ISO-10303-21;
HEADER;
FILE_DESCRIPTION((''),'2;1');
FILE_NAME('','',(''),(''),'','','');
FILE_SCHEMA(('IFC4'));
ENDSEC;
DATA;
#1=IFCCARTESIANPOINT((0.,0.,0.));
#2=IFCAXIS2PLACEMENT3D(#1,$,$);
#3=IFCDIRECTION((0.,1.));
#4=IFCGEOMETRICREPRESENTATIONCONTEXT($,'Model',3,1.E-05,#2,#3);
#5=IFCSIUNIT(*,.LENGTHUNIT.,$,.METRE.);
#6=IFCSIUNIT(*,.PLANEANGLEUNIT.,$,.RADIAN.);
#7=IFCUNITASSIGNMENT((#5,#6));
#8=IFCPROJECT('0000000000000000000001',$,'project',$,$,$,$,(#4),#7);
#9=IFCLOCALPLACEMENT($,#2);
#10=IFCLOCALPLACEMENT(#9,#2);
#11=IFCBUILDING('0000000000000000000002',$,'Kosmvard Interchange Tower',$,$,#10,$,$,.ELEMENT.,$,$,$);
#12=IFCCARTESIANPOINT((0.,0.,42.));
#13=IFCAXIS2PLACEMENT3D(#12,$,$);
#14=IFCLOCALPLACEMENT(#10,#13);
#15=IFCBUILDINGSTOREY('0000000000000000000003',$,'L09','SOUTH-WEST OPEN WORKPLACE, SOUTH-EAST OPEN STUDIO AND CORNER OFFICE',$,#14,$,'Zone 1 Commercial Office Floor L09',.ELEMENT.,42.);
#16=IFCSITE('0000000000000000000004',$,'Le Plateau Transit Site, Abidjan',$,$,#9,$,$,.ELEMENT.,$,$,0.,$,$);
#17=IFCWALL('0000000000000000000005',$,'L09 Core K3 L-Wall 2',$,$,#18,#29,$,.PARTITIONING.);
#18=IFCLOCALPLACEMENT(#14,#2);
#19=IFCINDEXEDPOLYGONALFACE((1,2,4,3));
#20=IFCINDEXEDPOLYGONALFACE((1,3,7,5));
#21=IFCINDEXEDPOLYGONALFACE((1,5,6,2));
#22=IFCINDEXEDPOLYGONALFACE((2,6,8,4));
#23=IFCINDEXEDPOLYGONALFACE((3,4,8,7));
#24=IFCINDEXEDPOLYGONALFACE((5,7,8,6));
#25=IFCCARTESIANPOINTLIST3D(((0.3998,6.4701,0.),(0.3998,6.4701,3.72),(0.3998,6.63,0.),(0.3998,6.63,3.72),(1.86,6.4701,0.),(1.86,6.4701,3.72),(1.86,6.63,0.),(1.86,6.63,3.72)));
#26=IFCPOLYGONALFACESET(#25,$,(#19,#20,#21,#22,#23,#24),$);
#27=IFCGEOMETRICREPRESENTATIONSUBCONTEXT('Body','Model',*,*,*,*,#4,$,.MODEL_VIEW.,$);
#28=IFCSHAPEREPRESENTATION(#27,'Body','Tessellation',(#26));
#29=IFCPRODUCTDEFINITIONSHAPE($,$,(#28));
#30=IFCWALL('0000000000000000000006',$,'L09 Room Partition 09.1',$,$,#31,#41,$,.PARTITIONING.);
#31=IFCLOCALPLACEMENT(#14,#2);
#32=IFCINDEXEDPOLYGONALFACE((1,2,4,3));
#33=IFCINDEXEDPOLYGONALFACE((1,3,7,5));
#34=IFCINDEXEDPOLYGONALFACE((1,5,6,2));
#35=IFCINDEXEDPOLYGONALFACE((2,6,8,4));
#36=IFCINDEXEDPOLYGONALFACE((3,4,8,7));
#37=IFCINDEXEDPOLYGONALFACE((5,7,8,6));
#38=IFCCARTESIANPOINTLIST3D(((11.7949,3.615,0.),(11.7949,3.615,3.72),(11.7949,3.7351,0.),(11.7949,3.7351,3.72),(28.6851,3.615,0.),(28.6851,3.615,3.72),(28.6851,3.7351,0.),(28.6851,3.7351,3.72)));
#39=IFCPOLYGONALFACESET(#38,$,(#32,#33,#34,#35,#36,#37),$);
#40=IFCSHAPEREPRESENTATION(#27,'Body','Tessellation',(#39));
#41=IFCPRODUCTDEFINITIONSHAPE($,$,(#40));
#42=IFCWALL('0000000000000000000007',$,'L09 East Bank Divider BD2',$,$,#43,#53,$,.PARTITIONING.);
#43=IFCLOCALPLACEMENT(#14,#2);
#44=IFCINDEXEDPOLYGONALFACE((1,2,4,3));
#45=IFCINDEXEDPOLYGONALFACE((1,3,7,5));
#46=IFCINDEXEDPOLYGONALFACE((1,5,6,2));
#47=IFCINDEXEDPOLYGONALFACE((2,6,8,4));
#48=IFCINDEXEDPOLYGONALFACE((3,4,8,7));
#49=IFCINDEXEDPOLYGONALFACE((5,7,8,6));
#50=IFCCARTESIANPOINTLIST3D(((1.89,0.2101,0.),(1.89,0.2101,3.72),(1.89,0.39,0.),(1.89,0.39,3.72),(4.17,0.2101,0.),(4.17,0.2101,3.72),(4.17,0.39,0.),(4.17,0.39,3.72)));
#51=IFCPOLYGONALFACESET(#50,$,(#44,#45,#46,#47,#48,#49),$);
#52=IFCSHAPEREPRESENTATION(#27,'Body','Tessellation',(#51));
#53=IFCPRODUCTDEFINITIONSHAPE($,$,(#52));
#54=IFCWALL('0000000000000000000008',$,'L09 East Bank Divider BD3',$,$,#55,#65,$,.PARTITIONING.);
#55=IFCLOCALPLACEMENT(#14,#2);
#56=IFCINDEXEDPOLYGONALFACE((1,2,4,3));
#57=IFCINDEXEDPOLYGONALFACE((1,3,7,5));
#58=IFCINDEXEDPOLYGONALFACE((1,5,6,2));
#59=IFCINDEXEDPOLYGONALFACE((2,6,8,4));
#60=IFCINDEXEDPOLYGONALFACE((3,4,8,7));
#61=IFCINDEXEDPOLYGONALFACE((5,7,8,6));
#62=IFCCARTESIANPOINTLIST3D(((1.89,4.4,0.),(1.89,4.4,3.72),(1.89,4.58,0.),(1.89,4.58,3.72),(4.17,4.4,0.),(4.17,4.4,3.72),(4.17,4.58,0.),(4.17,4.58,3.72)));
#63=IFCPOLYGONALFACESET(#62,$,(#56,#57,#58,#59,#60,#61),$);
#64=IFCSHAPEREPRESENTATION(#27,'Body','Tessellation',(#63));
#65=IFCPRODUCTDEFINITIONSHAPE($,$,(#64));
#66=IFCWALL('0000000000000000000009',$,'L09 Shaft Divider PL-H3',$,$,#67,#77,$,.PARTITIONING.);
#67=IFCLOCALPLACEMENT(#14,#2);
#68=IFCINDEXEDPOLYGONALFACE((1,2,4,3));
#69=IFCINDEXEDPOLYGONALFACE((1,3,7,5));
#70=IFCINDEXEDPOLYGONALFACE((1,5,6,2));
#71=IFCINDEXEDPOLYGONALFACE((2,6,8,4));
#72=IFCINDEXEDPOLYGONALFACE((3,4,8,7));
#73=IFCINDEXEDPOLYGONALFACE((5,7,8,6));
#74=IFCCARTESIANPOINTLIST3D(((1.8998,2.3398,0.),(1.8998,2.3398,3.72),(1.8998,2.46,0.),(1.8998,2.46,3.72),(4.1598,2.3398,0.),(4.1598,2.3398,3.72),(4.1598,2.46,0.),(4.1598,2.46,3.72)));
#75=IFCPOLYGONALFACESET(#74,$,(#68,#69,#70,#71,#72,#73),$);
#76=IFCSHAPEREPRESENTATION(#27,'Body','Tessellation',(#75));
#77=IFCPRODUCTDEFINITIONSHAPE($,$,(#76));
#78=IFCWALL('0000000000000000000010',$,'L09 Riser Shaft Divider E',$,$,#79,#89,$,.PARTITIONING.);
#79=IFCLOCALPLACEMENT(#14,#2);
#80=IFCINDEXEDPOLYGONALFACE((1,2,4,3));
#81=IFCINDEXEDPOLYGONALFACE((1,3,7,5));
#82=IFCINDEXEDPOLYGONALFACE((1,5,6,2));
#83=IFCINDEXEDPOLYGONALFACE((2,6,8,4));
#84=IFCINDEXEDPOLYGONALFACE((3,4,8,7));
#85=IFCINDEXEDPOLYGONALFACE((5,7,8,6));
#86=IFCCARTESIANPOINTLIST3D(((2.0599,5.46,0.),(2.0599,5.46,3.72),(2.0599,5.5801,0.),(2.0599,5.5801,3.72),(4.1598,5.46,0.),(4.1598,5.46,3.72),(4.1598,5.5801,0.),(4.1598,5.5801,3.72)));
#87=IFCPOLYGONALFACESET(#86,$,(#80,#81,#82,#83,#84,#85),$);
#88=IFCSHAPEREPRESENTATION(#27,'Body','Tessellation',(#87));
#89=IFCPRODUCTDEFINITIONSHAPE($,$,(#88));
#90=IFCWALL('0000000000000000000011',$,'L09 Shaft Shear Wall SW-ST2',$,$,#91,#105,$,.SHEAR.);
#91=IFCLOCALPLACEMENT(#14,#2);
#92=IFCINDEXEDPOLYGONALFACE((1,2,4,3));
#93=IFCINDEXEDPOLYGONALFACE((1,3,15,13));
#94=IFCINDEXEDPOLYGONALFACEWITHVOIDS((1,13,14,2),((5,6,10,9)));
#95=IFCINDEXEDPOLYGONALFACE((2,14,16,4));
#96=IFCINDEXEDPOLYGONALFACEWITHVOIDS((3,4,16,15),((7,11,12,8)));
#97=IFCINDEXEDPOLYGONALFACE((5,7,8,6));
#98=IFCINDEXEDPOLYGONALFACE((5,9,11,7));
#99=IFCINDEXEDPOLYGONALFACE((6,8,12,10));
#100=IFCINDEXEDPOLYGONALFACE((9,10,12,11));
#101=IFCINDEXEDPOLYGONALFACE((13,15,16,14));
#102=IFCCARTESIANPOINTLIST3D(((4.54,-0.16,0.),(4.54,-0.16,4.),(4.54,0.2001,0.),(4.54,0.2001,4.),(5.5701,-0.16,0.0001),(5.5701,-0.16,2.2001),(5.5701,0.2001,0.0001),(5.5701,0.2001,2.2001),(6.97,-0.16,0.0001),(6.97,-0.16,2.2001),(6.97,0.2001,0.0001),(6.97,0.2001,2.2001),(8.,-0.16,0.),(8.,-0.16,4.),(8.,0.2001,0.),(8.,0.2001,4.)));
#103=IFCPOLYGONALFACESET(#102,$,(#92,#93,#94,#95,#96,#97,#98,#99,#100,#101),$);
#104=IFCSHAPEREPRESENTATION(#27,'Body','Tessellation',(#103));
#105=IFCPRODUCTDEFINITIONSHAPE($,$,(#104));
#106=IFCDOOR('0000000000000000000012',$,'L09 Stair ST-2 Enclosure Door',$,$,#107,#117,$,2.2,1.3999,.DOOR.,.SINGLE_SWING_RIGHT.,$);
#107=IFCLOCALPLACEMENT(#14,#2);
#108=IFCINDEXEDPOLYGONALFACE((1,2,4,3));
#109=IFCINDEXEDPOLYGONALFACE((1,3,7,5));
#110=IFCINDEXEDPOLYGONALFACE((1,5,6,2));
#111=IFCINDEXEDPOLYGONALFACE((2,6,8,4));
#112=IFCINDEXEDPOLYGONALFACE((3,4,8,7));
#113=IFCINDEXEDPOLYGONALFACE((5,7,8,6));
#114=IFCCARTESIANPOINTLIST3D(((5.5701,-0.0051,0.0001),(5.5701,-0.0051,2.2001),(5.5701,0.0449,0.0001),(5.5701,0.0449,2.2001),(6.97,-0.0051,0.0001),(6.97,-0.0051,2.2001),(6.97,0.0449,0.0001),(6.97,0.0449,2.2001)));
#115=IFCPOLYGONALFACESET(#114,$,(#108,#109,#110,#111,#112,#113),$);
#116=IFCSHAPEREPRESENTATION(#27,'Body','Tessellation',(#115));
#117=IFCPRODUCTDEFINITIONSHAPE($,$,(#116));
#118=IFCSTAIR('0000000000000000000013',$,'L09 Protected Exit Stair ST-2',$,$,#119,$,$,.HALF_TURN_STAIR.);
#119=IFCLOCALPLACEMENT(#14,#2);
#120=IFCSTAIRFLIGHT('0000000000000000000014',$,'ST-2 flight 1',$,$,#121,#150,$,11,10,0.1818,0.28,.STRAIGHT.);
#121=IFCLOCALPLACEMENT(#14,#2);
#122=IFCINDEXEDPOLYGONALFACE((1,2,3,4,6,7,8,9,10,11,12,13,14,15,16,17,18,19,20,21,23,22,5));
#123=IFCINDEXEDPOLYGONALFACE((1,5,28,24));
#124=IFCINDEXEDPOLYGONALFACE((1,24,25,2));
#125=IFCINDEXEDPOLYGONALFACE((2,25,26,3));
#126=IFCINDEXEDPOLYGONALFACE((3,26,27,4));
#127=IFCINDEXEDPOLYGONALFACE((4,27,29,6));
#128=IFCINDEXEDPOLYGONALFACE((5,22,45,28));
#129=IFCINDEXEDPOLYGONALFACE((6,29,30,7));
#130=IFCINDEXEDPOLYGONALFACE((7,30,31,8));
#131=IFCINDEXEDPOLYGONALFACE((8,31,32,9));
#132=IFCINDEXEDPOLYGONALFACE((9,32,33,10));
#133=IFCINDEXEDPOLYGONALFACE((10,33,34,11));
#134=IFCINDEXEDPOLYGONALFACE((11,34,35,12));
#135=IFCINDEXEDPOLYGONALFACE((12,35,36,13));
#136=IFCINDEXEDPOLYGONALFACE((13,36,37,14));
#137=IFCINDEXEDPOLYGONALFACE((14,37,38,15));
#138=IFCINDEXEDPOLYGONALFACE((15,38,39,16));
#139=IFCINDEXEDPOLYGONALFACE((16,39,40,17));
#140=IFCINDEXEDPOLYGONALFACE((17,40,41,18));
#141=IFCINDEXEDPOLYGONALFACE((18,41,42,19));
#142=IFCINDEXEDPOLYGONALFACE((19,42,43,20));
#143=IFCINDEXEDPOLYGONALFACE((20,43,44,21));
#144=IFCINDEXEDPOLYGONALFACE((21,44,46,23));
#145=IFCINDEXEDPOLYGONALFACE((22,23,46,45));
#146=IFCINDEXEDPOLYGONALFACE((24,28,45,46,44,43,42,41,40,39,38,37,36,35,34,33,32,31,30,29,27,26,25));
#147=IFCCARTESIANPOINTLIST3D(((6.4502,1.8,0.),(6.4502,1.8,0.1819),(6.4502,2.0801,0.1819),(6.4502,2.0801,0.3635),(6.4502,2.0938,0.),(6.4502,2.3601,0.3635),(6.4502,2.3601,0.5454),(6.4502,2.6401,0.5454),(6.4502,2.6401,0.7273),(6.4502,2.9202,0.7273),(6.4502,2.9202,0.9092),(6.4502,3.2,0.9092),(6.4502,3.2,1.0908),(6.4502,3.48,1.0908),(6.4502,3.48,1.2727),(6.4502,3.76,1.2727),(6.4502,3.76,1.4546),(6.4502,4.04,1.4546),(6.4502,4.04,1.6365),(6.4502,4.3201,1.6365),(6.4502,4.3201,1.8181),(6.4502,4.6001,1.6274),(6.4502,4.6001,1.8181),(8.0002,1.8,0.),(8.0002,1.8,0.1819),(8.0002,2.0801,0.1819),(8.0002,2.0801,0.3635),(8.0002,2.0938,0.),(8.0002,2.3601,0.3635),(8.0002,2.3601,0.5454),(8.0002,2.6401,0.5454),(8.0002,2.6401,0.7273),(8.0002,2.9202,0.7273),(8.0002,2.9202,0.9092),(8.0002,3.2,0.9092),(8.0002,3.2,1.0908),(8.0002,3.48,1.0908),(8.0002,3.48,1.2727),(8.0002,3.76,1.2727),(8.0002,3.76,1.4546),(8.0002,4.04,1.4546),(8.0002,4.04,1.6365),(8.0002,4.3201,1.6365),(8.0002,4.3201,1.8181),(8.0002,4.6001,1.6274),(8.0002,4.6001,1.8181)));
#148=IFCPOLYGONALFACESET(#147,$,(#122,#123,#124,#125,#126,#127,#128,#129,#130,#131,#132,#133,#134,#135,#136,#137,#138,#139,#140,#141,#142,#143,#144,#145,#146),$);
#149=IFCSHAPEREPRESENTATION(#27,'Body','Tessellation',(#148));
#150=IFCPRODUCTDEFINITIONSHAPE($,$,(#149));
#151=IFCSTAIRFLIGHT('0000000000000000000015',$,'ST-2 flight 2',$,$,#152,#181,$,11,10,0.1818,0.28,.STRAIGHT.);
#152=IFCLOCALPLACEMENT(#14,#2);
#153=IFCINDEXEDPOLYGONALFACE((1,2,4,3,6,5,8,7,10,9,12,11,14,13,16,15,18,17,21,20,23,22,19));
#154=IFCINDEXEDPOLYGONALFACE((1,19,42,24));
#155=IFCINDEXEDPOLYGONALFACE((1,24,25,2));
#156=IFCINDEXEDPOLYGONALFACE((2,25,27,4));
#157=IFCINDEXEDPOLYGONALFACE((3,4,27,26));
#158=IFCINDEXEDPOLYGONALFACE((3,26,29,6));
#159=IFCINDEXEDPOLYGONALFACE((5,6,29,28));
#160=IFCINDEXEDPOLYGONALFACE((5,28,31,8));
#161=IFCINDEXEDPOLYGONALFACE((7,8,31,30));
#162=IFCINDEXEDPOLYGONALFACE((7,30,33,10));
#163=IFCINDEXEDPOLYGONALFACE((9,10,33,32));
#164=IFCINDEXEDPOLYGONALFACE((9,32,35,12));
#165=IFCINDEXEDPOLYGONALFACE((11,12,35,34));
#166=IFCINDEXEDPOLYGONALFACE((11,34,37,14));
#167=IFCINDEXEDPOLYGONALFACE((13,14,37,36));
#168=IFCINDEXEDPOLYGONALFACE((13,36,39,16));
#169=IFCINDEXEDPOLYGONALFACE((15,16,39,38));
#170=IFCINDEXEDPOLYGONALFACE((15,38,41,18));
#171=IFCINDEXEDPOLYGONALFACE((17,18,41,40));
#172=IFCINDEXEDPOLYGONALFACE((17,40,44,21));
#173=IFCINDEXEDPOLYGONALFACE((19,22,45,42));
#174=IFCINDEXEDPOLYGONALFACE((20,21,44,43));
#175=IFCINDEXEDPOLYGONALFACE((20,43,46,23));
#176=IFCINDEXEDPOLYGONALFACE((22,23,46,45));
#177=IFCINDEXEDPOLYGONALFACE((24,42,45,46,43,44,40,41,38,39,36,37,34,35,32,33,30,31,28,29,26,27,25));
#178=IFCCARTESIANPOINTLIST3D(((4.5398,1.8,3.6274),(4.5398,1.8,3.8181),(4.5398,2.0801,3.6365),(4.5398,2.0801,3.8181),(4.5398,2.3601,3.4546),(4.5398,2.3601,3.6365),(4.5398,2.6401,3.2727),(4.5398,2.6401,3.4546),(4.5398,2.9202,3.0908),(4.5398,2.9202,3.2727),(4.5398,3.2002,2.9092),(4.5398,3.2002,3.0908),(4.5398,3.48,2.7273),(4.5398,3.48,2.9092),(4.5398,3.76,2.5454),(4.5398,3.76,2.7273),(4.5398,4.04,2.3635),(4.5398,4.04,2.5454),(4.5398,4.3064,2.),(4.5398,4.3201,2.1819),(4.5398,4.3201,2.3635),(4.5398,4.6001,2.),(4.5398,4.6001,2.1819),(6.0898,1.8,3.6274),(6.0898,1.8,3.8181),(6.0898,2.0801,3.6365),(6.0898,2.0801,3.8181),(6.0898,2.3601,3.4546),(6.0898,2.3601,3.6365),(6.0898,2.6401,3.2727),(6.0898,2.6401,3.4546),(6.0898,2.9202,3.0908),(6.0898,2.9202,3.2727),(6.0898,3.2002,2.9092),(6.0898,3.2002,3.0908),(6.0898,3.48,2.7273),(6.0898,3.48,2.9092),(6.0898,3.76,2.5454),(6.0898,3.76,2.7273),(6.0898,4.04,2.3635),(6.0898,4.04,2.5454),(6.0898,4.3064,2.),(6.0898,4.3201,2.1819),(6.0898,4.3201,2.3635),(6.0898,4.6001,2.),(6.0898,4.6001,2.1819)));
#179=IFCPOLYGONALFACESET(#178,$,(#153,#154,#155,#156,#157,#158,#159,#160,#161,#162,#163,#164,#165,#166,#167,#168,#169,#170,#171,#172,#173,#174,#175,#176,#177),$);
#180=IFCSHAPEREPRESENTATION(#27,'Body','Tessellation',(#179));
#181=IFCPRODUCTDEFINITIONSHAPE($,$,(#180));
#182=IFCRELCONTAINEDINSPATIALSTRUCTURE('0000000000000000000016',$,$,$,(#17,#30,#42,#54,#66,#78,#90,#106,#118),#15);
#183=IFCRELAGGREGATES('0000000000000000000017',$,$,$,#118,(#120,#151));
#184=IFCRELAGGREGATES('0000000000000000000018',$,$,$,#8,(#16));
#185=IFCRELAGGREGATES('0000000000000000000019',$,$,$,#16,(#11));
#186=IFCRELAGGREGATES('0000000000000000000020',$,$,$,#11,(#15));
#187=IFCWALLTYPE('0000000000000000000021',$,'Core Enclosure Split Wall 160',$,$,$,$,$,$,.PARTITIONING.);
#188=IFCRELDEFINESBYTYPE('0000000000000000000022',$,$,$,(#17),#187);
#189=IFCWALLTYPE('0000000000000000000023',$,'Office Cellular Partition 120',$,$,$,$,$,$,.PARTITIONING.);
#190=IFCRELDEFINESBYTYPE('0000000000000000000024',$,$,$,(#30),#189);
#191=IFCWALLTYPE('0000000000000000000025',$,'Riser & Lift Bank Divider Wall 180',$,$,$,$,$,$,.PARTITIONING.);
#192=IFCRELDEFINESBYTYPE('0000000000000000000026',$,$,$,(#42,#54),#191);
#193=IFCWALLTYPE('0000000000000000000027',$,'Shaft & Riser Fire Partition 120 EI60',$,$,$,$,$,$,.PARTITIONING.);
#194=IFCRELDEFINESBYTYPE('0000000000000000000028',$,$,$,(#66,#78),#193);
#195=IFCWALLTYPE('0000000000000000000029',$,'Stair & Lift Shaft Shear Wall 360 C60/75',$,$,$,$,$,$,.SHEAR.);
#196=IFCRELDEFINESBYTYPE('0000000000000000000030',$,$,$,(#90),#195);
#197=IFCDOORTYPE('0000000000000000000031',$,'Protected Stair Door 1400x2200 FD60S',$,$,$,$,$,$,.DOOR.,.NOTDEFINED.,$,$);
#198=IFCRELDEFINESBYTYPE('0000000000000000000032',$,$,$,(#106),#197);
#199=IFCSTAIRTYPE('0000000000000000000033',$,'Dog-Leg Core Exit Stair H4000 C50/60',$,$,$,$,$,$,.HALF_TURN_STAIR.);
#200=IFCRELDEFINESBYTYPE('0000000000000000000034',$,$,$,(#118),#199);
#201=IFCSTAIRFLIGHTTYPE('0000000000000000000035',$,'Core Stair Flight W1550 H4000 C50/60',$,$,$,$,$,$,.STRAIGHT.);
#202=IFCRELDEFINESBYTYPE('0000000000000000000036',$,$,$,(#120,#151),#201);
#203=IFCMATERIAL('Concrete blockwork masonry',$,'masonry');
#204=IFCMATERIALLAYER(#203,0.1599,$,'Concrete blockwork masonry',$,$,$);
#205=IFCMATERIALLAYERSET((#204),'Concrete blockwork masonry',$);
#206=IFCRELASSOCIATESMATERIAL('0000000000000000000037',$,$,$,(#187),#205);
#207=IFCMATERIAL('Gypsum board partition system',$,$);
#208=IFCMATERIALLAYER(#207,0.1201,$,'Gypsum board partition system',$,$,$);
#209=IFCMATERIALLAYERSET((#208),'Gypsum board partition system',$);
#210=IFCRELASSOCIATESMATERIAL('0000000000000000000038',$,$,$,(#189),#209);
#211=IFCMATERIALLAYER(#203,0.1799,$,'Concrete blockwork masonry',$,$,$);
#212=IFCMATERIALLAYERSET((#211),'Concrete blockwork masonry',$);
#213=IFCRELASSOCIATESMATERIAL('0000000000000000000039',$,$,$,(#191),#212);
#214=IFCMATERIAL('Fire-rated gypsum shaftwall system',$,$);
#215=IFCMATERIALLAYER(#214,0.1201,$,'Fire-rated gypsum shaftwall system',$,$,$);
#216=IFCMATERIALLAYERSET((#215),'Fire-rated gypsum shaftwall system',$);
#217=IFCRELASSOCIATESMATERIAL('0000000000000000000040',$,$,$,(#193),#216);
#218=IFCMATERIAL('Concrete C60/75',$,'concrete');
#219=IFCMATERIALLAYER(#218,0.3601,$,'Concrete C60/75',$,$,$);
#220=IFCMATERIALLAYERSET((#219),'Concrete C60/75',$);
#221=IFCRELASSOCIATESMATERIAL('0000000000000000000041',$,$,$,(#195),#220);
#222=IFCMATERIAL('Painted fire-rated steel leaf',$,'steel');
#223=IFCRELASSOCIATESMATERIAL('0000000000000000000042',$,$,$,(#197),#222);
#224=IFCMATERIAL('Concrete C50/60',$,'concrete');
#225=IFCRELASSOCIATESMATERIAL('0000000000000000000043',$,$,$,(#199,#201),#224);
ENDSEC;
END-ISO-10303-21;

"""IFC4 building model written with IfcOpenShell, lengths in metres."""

from ifc_helpers import new_model, si_unit, direction, frame, frame_2d, origin, place, context, subcontext, project, spatial, polyline, rectangle, outline, extrude, source, transform, mapped, material, layer, layer_set, type_object, element, fill, aggregate, save


model = new_model("IFC4")

# Units and contexts
model_context = context("Model", 3, precision=1e-05, world=origin(), true_north=direction((0.0, 1.0)))
body_context = subcontext(model_context, "Body", "Model", "MODEL_VIEW")
ifc_project = project(units=[si_unit("LENGTHUNIT", "METRE"), si_unit("PLANEANGLEUNIT", "RADIAN")], contexts=[model_context])

# Site, building, storey
site_placement = place(None, origin())
site = spatial("IfcSite", under=ifc_project, at=site_placement, Name="Le Plateau Transit Site, Abidjan", CompositionType="ELEMENT", RefElevation=0.0)
building_placement = place(site_placement, origin())
building = spatial("IfcBuilding", under=site, at=building_placement, Name="Kosmvard Interchange Tower", CompositionType="ELEMENT")
storey_placement = place(building_placement, frame((0.0, 0.0, 42.0)))
storey = spatial("IfcBuildingStorey", under=building, at=storey_placement, Name="L09", Description="SOUTH-WEST OPEN WORKPLACE, SOUTH-EAST OPEN STUDIO AND CORNER OFFICE", LongName="Zone 1 Commercial Office Floor L09", CompositionType="ELEMENT", Elevation=42.0)

# Walls
ifc_material_1 = material(Name="Concrete blockwork masonry", Category="masonry")
ifc_layer_1 = layer(ifc_material_1, 0.1599, Name="Concrete blockwork masonry")
ifc_layer_set_1 = layer_set([ifc_layer_1], Name="Concrete blockwork masonry")
wall_type_1 = type_object("IfcWallType", Name="Core Enclosure Split Wall 160", PredefinedType="PARTITIONING", material=ifc_layer_set_1)
wall_1_placement = place(storey_placement, frame((0.3999, 6.55, 0.0), z_axis=(0.0, 0.0, 1.0), x_axis=(1.0, 0.0, 0.0)))
element("IfcWall", 1, at=wall_1_placement, inside=storey, type_object=wall_type_1, Name="L09 Core K3 L-Wall 2", PredefinedType="PARTITIONING", context=body_context, shape_type="SweptSolid", body=[
    extrude(rectangle(XDim=1.4602, YDim=0.1599, at=frame_2d((0.73, 0.0))), origin(), (0.0, 0.0, 1.0), 3.72),
])
ifc_material_2 = material(Name="Gypsum board partition system")
ifc_layer_2 = layer(ifc_material_2, 0.1201, Name="Gypsum board partition system")
ifc_layer_set_2 = layer_set([ifc_layer_2], Name="Gypsum board partition system")
wall_type_2 = type_object("IfcWallType", Name="Office Cellular Partition 120", PredefinedType="PARTITIONING", material=ifc_layer_set_2)
wall_2_placement = place(storey_placement, frame((11.7949, 3.675, 0.0), z_axis=(0.0, 0.0, 1.0), x_axis=(1.0, 0.0, 0.0)))
element("IfcWall", 2, at=wall_2_placement, inside=storey, type_object=wall_type_2, Name="L09 Room Partition 09.1", PredefinedType="PARTITIONING", context=body_context, shape_type="SweptSolid", body=[
    extrude(rectangle(XDim=16.8901, YDim=0.1201, at=frame_2d((8.4451, 0.0))), origin(), (0.0, 0.0, 1.0), 3.72),
])
ifc_layer_3 = layer(ifc_material_1, 0.1799, Name="Concrete blockwork masonry")
ifc_layer_set_3 = layer_set([ifc_layer_3], Name="Concrete blockwork masonry")
wall_type_3 = type_object("IfcWallType", Name="Riser & Lift Bank Divider Wall 180", PredefinedType="PARTITIONING", material=ifc_layer_set_3)
for number, where, z_axis, x_axis, name in (
    (3, (1.8899, 0.3, 0.0), (0.0, 0.0, 1.0), (1.0, 0.0, 0.0), "L09 East Bank Divider BD2"),
    (4, (1.8899, 4.49, 0.0), (0.0, 0.0, 1.0), (1.0, 0.0, 0.0), "L09 East Bank Divider BD3"),
):
    element("IfcWall", number, at=place(storey_placement, frame(where, z_axis=z_axis, x_axis=x_axis)), inside=storey, type_object=wall_type_3, Name=name, PredefinedType="PARTITIONING", context=body_context, shape_type="SweptSolid", body=[
        extrude(rectangle(XDim=2.28, YDim=0.1799, at=frame_2d((1.1401, 0.0))), origin(), (0.0, 0.0, 1.0), 3.72),
    ])
ifc_material_3 = material(Name="Fire-rated gypsum shaftwall system")
ifc_layer_4 = layer(ifc_material_3, 0.1201, Name="Fire-rated gypsum shaftwall system")
ifc_layer_set_4 = layer_set([ifc_layer_4], Name="Fire-rated gypsum shaftwall system")
wall_type_4 = type_object("IfcWallType", Name="Shaft & Riser Fire Partition 120 EI60", PredefinedType="PARTITIONING", material=ifc_layer_set_4)
wall_3_placement = place(storey_placement, frame((1.8999, 2.3999, 0.0), z_axis=(0.0, 0.0, 1.0), x_axis=(1.0, 0.0, 0.0)))
element("IfcWall", 5, at=wall_3_placement, inside=storey, type_object=wall_type_4, Name="L09 Shaft Divider PL-H3", PredefinedType="PARTITIONING", context=body_context, shape_type="SweptSolid", body=[
    extrude(rectangle(XDim=2.26, YDim=0.1201, at=frame_2d((1.1299, 0.0))), origin(), (0.0, 0.0, 1.0), 3.72),
])
wall_4_placement = place(storey_placement, frame((2.0601, 5.52, 0.0), z_axis=(0.0, 0.0, 1.0), x_axis=(1.0, 0.0, 0.0)))
element("IfcWall", 6, at=wall_4_placement, inside=storey, type_object=wall_type_4, Name="L09 Riser Shaft Divider E", PredefinedType="PARTITIONING", context=body_context, shape_type="SweptSolid", body=[
    extrude(rectangle(XDim=2.0999, YDim=0.1201, at=frame_2d((1.0498, 0.0))), origin(), (0.0, 0.0, 1.0), 3.72),
])

# Wall, opening, door
ifc_material_4 = material(Name="Concrete C60/75", Category="concrete")
ifc_layer_5 = layer(ifc_material_4, 0.3601, Name="Concrete C60/75")
ifc_layer_set_5 = layer_set([ifc_layer_5], Name="Concrete C60/75")
wall_type_5 = type_object("IfcWallType", Name="Stair & Lift Shaft Shear Wall 360 C60/75", PredefinedType="SHEAR", material=ifc_layer_set_5)
wall_5_placement = place(storey_placement, frame((4.54, 0.02, 0.0), z_axis=(0.0, 0.0, 1.0), x_axis=(1.0, 0.0, 0.0)))
wall_5 = element("IfcWall", 7, at=wall_5_placement, inside=storey, type_object=wall_type_5, Name="L09 Shaft Shear Wall SW-ST2", PredefinedType="SHEAR", context=body_context, shape_type="SweptSolid", body=[
    extrude(rectangle(XDim=3.46, YDim=0.3601, at=frame_2d((1.73, 0.0))), origin(), (0.0, 0.0, 1.0), 4.0),
])
opening_placement = place(wall_5_placement, frame((1.03, 0.0, 0.0)))
opening = element("IfcOpeningElement", 8, at=opening_placement, cuts=wall_5, PredefinedType="OPENING", context=body_context, shape_type="SweptSolid", body=[
    extrude(rectangle(XDim=1.3999, YDim=2.2, at=frame_2d((0.7, 1.1001))), frame((0.0, 0.1899, 0.0), z_axis=(0.0, -1.0, 0.0), x_axis=(1.0, 0.0, 0.0)), (0.0, 0.0, 1.0), 0.3801),
])
ifc_material_5 = material(Name="Painted fire-rated steel leaf", Category="steel")
door_type = type_object("IfcDoorType", Name="Protected Stair Door 1400x2200 FD60S", OperationType="NOTDEFINED", PredefinedType="DOOR", material=ifc_material_5)
shared_shape_1 = source(origin(), body_context, "Body", "SweptSolid", [
    extrude(rectangle(XDim=1.3999, YDim=2.2, at=frame_2d((0.7, 1.1001))), frame((0.0, 0.0249, 0.0), z_axis=(0.0, -1.0, 0.0), x_axis=(1.0, 0.0, 0.0)), (0.0, 0.0, 1.0), 0.05),
])
door_placement = place(opening_placement, origin())
door = element("IfcDoor", 9, at=door_placement, inside=storey, type_object=door_type, Name="L09 Stair ST-2 Enclosure Door", OperationType="SINGLE_SWING_RIGHT", OverallHeight=2.2, OverallWidth=1.3999, PredefinedType="DOOR", context=body_context, shape_type="MappedRepresentation", body=[
    mapped(shared_shape_1, transform((0.0, 0.0, 0.0), scale=1.0)),
])
fill(opening, door)

# Stair, stair flights
ifc_material_6 = material(Name="Concrete C50/60", Category="concrete")
stair_type = type_object("IfcStairType", Name="Dog-Leg Core Exit Stair H4000 C50/60", PredefinedType="HALF_TURN_STAIR", material=ifc_material_6)
stair_placement = place(storey_placement, origin())
stair = element("IfcStair", 10, at=stair_placement, inside=storey, type_object=stair_type, Name="L09 Protected Exit Stair ST-2", PredefinedType="HALF_TURN_STAIR")
stair_flight_type = type_object("IfcStairFlightType", Name="Core Stair Flight W1550 H4000 C50/60", PredefinedType="STRAIGHT", material=ifc_material_6)
shared_shape_2 = source(origin(), body_context, "Body", "SweptSolid", [
    extrude(outline(polyline([(0.0, 0.0), (0.0, 0.1819), (0.28, 0.1819), (0.28, 0.3635), (0.5601, 0.3635), (0.5601, 0.5454), (0.8401, 0.5454), (0.8401, 0.7273), (1.1201, 0.7273), (1.1201, 0.9092), (1.3999, 0.9092), (1.3999, 1.0908), (1.6799, 1.0908), (1.6799, 1.2727), (1.96, 1.2727), (1.96, 1.4546), (2.24, 1.4546), (2.24, 1.6365), (2.52, 1.6365), (2.52, 1.8181), (2.8, 1.8181), (2.8, 2.0), (2.8, 1.6274), (0.2937, 0.0), (0.0, 0.0)])), frame((0.0, 0.7749, 0.0), z_axis=(0.0, -1.0, 0.0), x_axis=(1.0, 0.0, 0.0)), (0.0, 0.0, 1.0), 1.55),
])
stair_flight_1_placement = place(storey_placement, frame((7.2251, 1.8, 0.0), z_axis=(0.0, 0.0, 1.0), x_axis=(0.0, 1.0, 0.0)))
stair_flight_1 = element("IfcStairFlight", 11, at=stair_flight_1_placement, type_object=stair_flight_type, Name="ST-2 flight 1", NumberOfRisers=11, NumberOfTreads=10, PredefinedType="STRAIGHT", RiserHeight=0.1818, TreadLength=0.28, context=body_context, shape_type="MappedRepresentation", body=[
    mapped(shared_shape_2, transform((0.0, 0.0, 0.0), scale=1.0)),
])
stair_flight_2_placement = place(storey_placement, frame((5.3149, 4.6001, 2.0), z_axis=(0.0, 0.0, 1.0), x_axis=(0.0, -1.0, 0.0)))
stair_flight_2 = element("IfcStairFlight", 12, at=stair_flight_2_placement, type_object=stair_flight_type, Name="ST-2 flight 2", NumberOfRisers=11, NumberOfTreads=10, PredefinedType="STRAIGHT", RiserHeight=0.1818, TreadLength=0.28, context=body_context, shape_type="MappedRepresentation", body=[
    mapped(shared_shape_2, transform((0.0, 0.0, 0.0), scale=1.0)),
])
aggregate(stair, [stair_flight_1, stair_flight_2])

save(model, "model.ifc")
